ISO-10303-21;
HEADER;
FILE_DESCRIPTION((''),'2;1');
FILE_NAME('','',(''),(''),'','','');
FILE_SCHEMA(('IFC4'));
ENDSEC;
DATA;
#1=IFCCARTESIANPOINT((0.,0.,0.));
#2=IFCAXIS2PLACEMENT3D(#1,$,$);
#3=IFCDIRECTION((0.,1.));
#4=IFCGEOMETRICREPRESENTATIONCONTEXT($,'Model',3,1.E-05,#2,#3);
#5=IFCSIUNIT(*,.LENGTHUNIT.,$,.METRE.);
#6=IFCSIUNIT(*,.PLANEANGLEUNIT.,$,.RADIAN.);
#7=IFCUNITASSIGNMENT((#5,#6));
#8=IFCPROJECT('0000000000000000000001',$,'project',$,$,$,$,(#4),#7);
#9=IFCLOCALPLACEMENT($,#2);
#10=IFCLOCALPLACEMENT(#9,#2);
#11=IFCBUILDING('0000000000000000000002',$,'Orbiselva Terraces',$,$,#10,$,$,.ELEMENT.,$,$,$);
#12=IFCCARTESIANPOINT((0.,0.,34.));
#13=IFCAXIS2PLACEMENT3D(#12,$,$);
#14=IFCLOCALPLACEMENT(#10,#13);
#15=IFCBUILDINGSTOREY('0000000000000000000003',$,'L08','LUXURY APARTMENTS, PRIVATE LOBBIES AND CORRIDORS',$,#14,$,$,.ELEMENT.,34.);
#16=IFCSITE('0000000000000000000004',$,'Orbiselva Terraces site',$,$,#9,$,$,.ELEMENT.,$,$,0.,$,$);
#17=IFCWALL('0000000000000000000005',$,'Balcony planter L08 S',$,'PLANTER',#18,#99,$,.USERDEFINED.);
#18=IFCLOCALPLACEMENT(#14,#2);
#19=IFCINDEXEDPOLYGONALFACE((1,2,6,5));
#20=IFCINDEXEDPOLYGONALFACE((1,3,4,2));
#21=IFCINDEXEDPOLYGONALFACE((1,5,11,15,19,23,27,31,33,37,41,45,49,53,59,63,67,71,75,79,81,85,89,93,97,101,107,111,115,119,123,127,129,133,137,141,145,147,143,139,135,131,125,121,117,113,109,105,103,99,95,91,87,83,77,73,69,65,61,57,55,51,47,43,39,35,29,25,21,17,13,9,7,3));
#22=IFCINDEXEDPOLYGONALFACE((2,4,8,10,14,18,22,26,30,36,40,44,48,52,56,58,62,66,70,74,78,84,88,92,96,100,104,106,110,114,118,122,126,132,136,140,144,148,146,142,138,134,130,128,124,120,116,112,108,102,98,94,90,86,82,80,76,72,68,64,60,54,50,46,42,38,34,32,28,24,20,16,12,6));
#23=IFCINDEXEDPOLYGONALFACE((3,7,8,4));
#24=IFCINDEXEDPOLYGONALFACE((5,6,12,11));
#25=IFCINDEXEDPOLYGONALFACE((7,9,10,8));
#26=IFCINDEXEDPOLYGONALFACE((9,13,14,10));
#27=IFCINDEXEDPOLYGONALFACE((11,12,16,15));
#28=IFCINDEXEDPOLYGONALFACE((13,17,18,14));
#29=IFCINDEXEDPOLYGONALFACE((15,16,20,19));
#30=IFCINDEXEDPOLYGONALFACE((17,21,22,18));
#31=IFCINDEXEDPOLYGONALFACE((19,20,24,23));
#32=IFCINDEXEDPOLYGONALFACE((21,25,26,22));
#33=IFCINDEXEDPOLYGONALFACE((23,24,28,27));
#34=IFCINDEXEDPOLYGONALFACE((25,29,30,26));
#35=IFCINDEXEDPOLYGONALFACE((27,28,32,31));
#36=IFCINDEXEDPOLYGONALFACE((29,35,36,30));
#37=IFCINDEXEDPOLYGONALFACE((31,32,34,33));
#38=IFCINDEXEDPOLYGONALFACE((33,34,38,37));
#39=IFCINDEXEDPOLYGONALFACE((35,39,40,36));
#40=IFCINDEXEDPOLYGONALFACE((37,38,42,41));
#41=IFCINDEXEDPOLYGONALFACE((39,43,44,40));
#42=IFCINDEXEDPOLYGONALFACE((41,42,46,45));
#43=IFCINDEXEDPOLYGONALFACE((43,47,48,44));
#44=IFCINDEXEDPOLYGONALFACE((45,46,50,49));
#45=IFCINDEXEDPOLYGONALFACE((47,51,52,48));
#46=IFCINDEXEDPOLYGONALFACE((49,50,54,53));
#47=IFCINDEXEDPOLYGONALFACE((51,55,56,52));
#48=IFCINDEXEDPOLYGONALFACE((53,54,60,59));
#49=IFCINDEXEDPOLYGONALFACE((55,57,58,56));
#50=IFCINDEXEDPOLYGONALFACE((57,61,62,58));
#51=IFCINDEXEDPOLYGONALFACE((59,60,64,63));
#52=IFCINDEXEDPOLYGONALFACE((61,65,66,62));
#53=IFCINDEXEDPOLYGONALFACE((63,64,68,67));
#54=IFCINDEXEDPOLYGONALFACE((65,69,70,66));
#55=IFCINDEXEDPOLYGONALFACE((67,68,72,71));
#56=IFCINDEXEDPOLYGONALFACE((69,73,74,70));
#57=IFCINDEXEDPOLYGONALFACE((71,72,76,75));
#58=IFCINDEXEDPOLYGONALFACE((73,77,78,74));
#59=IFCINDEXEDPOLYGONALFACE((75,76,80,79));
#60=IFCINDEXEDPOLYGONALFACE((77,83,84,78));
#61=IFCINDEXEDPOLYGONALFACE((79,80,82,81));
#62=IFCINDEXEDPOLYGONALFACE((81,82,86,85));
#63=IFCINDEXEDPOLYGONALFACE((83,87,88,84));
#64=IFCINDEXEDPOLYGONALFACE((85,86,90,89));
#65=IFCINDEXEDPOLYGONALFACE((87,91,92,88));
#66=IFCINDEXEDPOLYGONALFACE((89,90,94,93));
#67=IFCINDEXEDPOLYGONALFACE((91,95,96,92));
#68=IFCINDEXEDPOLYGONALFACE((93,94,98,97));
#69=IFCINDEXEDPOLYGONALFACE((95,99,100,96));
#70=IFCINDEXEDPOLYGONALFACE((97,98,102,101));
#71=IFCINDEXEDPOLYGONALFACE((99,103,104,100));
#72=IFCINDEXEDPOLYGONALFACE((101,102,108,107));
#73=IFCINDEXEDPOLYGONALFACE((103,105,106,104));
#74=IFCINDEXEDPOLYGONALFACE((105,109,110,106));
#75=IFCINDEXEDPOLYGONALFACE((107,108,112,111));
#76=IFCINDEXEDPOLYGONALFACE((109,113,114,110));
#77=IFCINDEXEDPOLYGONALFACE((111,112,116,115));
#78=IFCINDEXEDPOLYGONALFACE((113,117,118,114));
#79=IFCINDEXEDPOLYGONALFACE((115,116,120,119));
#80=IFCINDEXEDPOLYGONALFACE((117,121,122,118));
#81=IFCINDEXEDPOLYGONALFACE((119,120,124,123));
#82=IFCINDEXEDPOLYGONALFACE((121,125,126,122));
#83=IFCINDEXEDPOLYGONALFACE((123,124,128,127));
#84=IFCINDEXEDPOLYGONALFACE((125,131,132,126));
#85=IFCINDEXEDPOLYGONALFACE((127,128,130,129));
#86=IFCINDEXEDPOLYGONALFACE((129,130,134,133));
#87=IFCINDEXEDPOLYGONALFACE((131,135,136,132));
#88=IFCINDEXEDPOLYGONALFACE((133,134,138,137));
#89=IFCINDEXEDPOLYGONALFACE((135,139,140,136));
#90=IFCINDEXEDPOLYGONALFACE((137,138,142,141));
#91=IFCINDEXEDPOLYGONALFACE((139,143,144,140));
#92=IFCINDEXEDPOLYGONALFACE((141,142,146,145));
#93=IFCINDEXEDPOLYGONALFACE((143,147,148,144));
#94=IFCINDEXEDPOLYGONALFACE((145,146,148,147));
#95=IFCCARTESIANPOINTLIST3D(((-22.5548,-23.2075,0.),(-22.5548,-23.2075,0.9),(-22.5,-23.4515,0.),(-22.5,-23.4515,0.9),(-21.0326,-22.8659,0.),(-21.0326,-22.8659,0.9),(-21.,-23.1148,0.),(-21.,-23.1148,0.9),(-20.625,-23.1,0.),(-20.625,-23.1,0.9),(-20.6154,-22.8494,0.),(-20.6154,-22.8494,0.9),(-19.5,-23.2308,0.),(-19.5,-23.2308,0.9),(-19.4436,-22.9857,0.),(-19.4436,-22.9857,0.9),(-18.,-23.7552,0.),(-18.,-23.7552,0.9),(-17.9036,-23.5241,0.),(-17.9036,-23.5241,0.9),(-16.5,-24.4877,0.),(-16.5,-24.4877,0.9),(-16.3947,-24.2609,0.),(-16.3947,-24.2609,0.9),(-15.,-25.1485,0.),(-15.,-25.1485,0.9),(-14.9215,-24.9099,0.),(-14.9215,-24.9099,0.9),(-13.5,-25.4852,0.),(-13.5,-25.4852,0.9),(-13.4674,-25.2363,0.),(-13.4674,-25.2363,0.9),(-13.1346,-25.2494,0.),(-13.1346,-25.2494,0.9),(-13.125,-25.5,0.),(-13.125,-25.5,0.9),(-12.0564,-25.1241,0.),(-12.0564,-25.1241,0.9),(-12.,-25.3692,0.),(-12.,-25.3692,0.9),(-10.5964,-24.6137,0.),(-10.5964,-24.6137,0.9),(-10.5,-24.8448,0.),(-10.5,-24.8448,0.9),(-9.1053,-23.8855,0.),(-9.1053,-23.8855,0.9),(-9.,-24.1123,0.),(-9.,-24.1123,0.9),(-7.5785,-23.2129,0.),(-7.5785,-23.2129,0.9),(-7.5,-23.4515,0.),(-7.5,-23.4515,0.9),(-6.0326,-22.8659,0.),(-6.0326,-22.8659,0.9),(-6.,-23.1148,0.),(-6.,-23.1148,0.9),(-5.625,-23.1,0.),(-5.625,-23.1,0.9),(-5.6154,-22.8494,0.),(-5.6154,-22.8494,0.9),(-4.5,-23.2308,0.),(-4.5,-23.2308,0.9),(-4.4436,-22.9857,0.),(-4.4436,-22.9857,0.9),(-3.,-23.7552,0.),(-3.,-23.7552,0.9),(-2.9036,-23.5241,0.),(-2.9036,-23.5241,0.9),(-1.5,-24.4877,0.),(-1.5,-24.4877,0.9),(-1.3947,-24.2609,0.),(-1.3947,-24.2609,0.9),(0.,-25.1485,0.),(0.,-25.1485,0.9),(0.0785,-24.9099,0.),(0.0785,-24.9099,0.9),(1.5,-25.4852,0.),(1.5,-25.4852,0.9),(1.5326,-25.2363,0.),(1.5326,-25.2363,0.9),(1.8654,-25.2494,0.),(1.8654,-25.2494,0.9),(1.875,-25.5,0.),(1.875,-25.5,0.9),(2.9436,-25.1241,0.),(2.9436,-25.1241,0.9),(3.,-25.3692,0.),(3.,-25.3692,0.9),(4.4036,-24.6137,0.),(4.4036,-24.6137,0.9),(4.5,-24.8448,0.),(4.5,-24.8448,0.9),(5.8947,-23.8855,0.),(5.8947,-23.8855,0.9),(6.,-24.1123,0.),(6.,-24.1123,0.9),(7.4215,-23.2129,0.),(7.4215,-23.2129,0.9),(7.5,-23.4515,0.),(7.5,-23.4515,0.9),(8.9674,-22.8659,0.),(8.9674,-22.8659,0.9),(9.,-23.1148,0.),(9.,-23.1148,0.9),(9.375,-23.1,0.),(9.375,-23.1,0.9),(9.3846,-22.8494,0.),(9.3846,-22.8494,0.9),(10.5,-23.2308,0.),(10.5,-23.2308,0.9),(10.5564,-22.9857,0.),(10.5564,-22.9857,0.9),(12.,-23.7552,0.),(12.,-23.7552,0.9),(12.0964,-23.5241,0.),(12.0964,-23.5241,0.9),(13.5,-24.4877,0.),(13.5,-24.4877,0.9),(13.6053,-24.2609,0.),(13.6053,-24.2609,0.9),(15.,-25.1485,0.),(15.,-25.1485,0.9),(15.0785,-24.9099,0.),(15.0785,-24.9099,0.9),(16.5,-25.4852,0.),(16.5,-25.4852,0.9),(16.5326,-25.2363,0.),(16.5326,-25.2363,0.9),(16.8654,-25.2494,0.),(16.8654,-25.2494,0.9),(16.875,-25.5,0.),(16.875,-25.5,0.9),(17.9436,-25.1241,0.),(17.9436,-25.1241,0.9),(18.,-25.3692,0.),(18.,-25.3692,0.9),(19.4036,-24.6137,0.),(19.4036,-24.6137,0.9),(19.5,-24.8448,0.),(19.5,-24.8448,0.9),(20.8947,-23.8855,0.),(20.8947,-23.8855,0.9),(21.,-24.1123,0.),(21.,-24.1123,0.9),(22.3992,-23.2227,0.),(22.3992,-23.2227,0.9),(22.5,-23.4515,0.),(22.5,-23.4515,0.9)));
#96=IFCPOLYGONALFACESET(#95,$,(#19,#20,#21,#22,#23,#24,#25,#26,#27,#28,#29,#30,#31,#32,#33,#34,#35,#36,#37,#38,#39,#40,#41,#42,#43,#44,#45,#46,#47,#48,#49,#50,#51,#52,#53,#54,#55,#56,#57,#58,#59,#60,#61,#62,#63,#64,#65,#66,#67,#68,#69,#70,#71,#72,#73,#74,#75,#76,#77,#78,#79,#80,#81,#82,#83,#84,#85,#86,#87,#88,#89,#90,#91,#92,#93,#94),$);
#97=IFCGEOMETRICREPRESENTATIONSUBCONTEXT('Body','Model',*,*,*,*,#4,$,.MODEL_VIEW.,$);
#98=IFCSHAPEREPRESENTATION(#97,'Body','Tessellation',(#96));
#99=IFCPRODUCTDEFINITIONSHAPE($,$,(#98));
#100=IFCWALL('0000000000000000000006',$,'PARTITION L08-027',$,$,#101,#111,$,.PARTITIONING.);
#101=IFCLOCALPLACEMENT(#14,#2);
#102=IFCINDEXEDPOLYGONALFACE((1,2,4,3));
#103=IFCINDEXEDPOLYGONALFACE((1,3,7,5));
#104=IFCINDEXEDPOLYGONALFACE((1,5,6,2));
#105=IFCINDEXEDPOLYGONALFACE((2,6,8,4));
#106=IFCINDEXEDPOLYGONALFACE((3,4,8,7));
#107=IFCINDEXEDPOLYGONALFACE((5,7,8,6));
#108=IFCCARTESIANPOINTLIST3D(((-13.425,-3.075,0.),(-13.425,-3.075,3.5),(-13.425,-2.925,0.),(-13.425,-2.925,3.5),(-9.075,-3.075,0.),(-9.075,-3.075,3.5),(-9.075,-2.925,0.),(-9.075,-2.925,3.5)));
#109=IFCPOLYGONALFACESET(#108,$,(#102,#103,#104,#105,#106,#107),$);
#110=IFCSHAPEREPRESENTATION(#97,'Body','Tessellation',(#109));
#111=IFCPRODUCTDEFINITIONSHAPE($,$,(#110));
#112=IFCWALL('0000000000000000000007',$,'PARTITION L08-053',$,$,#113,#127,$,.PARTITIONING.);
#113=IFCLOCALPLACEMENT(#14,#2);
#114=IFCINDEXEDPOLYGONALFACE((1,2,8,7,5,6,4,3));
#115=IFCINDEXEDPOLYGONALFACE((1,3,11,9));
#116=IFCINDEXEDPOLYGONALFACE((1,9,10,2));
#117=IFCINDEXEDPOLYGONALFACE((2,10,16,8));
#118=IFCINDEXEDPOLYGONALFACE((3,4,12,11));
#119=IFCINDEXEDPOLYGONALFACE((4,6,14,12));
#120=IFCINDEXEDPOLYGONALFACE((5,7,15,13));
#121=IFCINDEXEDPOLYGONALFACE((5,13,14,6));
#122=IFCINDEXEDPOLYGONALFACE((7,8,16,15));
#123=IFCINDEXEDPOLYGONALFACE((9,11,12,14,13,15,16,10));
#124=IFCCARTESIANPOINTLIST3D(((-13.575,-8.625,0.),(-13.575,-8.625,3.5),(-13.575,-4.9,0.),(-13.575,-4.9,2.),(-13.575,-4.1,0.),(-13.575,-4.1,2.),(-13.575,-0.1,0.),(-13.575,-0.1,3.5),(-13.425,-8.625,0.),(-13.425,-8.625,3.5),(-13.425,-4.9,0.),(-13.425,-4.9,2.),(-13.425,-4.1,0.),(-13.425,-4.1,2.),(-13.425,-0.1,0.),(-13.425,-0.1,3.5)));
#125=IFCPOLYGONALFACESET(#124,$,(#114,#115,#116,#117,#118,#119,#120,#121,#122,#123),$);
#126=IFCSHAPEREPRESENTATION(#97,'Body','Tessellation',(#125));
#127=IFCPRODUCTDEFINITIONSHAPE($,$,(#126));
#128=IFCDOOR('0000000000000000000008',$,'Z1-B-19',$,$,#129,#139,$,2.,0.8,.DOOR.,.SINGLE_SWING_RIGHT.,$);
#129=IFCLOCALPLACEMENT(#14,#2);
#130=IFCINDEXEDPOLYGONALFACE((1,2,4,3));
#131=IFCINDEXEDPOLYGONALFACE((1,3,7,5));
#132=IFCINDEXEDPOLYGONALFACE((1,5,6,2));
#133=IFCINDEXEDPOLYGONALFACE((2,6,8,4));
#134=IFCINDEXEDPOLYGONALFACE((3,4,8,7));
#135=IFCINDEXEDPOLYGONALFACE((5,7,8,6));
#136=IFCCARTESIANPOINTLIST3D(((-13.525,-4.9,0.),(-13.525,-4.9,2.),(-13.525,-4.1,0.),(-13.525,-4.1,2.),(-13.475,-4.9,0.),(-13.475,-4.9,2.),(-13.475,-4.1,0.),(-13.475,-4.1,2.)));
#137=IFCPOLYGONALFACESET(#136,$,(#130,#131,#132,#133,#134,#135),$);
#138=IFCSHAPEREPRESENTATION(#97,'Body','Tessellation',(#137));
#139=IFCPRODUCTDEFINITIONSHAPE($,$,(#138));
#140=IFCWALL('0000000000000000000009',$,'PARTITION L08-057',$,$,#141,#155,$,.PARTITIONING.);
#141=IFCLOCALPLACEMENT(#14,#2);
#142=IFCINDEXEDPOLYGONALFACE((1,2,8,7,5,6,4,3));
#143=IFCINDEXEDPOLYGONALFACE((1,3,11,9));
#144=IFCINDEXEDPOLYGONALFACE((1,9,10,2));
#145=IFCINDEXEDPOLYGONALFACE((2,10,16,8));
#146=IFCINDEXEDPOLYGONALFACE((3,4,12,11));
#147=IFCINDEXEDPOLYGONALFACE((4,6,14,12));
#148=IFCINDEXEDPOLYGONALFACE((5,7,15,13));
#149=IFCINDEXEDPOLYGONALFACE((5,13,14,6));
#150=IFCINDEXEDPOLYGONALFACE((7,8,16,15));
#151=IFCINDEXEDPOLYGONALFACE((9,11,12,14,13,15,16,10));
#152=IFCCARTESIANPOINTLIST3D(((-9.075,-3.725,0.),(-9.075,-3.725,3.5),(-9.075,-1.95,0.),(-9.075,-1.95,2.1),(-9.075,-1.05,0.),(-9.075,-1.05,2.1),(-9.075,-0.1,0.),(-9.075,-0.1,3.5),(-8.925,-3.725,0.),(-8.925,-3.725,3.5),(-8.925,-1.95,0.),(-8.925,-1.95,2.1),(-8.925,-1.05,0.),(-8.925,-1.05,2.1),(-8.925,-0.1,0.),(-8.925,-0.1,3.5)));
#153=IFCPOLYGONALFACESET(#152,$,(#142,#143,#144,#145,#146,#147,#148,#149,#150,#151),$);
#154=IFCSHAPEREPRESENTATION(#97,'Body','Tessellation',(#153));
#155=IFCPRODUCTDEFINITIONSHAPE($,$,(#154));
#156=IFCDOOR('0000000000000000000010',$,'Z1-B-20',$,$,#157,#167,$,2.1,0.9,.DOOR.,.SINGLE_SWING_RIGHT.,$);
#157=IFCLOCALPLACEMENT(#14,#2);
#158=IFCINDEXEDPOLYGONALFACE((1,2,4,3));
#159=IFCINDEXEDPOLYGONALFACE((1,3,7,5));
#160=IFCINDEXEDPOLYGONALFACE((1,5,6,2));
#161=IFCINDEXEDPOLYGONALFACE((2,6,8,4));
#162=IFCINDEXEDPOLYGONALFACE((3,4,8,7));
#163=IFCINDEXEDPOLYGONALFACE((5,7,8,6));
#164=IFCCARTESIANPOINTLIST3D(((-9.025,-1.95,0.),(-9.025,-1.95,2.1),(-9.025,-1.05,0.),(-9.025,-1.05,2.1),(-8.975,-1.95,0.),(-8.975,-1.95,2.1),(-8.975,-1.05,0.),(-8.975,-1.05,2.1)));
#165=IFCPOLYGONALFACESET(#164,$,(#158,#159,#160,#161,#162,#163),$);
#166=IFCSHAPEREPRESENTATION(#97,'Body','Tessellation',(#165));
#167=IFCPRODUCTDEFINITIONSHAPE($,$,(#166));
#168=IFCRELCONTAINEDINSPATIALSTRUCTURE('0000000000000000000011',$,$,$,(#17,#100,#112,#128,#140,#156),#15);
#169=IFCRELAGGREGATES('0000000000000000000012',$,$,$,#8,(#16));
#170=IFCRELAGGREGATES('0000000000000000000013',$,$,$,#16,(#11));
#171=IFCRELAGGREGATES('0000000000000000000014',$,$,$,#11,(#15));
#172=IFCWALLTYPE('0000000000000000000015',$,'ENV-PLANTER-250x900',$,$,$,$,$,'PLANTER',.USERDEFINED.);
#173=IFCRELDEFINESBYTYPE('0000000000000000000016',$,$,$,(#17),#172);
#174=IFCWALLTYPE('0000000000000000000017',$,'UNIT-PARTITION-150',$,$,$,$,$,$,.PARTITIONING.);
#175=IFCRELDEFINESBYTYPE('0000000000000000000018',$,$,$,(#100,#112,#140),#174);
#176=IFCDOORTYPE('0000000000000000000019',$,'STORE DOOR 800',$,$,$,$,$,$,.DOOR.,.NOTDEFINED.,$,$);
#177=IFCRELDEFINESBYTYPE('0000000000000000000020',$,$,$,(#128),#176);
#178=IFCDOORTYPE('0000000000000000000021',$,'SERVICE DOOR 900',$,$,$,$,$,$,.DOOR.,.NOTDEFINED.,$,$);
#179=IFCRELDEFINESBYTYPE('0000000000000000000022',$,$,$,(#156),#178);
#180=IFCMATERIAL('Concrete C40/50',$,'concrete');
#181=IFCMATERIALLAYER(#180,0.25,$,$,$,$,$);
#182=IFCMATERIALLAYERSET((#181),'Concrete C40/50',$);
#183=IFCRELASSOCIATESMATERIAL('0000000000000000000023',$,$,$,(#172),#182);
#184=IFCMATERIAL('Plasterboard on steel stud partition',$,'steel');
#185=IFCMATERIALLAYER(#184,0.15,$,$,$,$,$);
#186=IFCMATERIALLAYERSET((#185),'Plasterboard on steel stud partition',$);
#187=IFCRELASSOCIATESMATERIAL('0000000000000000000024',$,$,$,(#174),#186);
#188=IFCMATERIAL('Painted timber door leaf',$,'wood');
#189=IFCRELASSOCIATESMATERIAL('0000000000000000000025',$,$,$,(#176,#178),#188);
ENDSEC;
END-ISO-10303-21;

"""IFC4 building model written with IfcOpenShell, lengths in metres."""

from ifc_helpers import new_model, si_unit, direction, frame, frame_2d, origin, place, context, subcontext, project, spatial, polyline, rectangle, outline, extrude, material, layer, layer_set, type_object, element, fill, save


model = new_model("IFC4")

# Units and contexts
model_context = context("Model", 3, precision=1e-05, world=origin(), true_north=direction((0.0, 1.0)))
body_context = subcontext(model_context, "Body", "Model", "MODEL_VIEW")
ifc_project = project(units=[si_unit("LENGTHUNIT", "METRE"), si_unit("PLANEANGLEUNIT", "RADIAN")], contexts=[model_context])

# Site, building, storey
site_placement = place(None, origin())
site = spatial("IfcSite", under=ifc_project, at=site_placement, Name="Orbiselva Terraces site", CompositionType="ELEMENT", RefElevation=0.0)
building_placement = place(site_placement, origin())
building = spatial("IfcBuilding", under=site, at=building_placement, Name="Orbiselva Terraces", CompositionType="ELEMENT")
storey_placement = place(building_placement, frame((0.0, 0.0, 34.0)))
storey = spatial("IfcBuildingStorey", under=building, at=storey_placement, Name="L08", Description="LUXURY APARTMENTS, PRIVATE LOBBIES AND CORRIDORS", CompositionType="ELEMENT", Elevation=34.0)

# Walls
ifc_material_1 = material(Name="Concrete C40/50", Category="concrete")
ifc_layer_1 = layer(ifc_material_1, 0.25)
ifc_layer_set_1 = layer_set([ifc_layer_1], Name="Concrete C40/50")
wall_type_1 = type_object("IfcWallType", Name="ENV-PLANTER-250x900", ElementType="PLANTER", PredefinedType="USERDEFINED", material=ifc_layer_set_1)
wall_1_placement = place(storey_placement, origin())
element("IfcWall", 1, at=wall_1_placement, inside=storey, type_object=wall_type_1, Name="Balcony planter L08 S", ObjectType="PLANTER", PredefinedType="USERDEFINED", context=body_context, shape_type="SweptSolid", body=[
    extrude(outline(polyline([(-22.5, -23.4515), (-21.0, -23.1148), (-20.625, -23.1), (-19.5, -23.2308), (-18.0, -23.7552), (-16.5, -24.4877), (-15.0, -25.1485), (-13.5, -25.4852), (-13.125, -25.5), (-12.0, -25.3692), (-10.5, -24.8448), (-9.0, -24.1123), (-7.5, -23.4515), (-6.0, -23.1148), (-5.625, -23.1), (-4.5, -23.2308), (-3.0, -23.7552), (-1.5, -24.4877), (0.0, -25.1485), (1.5, -25.4852), (1.875, -25.5), (3.0, -25.3692), (4.5, -24.8448), (6.0, -24.1123), (7.5, -23.4515), (9.0, -23.1148), (9.375, -23.1), (10.5, -23.2308), (12.0, -23.7552), (13.5, -24.4877), (15.0, -25.1485), (16.5, -25.4852), (16.875, -25.5), (18.0, -25.3692), (19.5, -24.8448), (21.0, -24.1123), (22.5, -23.4515), (22.3992, -23.2227), (20.8947, -23.8855), (19.4036, -24.6137), (17.9436, -25.1241), (16.8654, -25.2494), (16.5326, -25.2363), (15.0785, -24.9099), (13.6053, -24.2609), (12.0964, -23.5241), (10.5564, -22.9857), (9.3846, -22.8494), (8.9674, -22.8659), (7.4215, -23.2129), (5.8947, -23.8855), (4.4036, -24.6137), (2.9436, -25.1241), (1.8654, -25.2494), (1.5326, -25.2363), (0.0785, -24.9099), (-1.3947, -24.2609), (-2.9036, -23.5241), (-4.4436, -22.9857), (-5.6154, -22.8494), (-6.0326, -22.8659), (-7.5785, -23.2129), (-9.1053, -23.8855), (-10.5964, -24.6137), (-12.0564, -25.1241), (-13.1346, -25.2494), (-13.4674, -25.2363), (-14.9215, -24.9099), (-16.3947, -24.2609), (-17.9036, -23.5241), (-19.4436, -22.9857), (-20.6154, -22.8494), (-21.0326, -22.8659), (-22.5548, -23.2075), (-22.5, -23.4515)])), origin(), (0.0, 0.0, 1.0), 0.9),
])
ifc_material_2 = material(Name="Plasterboard on steel stud partition", Category="steel")
ifc_layer_2 = layer(ifc_material_2, 0.15)
ifc_layer_set_2 = layer_set([ifc_layer_2], Name="Plasterboard on steel stud partition")
wall_type_2 = type_object("IfcWallType", Name="UNIT-PARTITION-150", PredefinedType="PARTITIONING", material=ifc_layer_set_2)
wall_2_placement = place(storey_placement, frame((-13.425, -3.0, 0.0), z_axis=(0.0, 0.0, 1.0), x_axis=(1.0, 0.0, 0.0)))
element("IfcWall", 2, at=wall_2_placement, inside=storey, type_object=wall_type_2, Name="PARTITION L08-027", PredefinedType="PARTITIONING", context=body_context, shape_type="SweptSolid", body=[
    extrude(rectangle(XDim=4.35, YDim=0.15, at=frame_2d((2.175, 0.0))), origin(), (0.0, 0.0, 1.0), 3.5),
])

# Walls, openings, doors
wall_3_placement = place(storey_placement, frame((-13.5, -0.1, 0.0), z_axis=(0.0, 0.0, 1.0), x_axis=(0.0, -1.0, 0.0)))
wall_3 = element("IfcWall", 3, at=wall_3_placement, inside=storey, type_object=wall_type_2, Name="PARTITION L08-053", PredefinedType="PARTITIONING", context=body_context, shape_type="SweptSolid", body=[
    extrude(rectangle(XDim=8.525, YDim=0.15, at=frame_2d((4.2625, 0.0))), origin(), (0.0, 0.0, 1.0), 3.5),
])
opening_1_placement = place(wall_3_placement, frame((4.0, 0.0, 0.0)))
opening_1 = element("IfcOpeningElement", 4, at=opening_1_placement, cuts=wall_3, PredefinedType="OPENING", context=body_context, shape_type="SweptSolid", body=[
    extrude(rectangle(XDim=0.8, YDim=2.0, at=frame_2d((0.4, 1.0))), frame((0.0, 0.085, 0.0), z_axis=(0.0, -1.0, 0.0), x_axis=(1.0, 0.0, 0.0)), (0.0, 0.0, 1.0), 0.17),
])
ifc_material_3 = material(Name="Painted timber door leaf", Category="wood")
door_type_1 = type_object("IfcDoorType", Name="STORE DOOR 800", OperationType="NOTDEFINED", PredefinedType="DOOR", material=ifc_material_3)
door_1_placement = place(opening_1_placement, origin())
door_1 = element("IfcDoor", 5, at=door_1_placement, inside=storey, type_object=door_type_1, Name="Z1-B-19", OperationType="SINGLE_SWING_RIGHT", OverallHeight=2.0, OverallWidth=0.8, PredefinedType="DOOR", context=body_context, shape_type="SweptSolid", body=[
    extrude(rectangle(XDim=0.8, YDim=2.0, at=frame_2d((0.4, 1.0))), frame((0.0, 0.025, 0.0), z_axis=(0.0, -1.0, 0.0), x_axis=(1.0, 0.0, 0.0)), (0.0, 0.0, 1.0), 0.05),
])
fill(opening_1, door_1)
wall_4_placement = place(storey_placement, frame((-9.0, -3.725, 0.0), z_axis=(0.0, 0.0, 1.0), x_axis=(0.0, 1.0, 0.0)))
wall_4 = element("IfcWall", 6, at=wall_4_placement, inside=storey, type_object=wall_type_2, Name="PARTITION L08-057", PredefinedType="PARTITIONING", context=body_context, shape_type="SweptSolid", body=[
    extrude(rectangle(XDim=3.625, YDim=0.15, at=frame_2d((1.8125, 0.0))), origin(), (0.0, 0.0, 1.0), 3.5),
])
opening_2_placement = place(wall_4_placement, frame((1.775, 0.0, 0.0)))
opening_2 = element("IfcOpeningElement", 7, at=opening_2_placement, cuts=wall_4, PredefinedType="OPENING", context=body_context, shape_type="SweptSolid", body=[
    extrude(rectangle(XDim=0.9, YDim=2.1, at=frame_2d((0.45, 1.05))), frame((0.0, 0.085, 0.0), z_axis=(0.0, -1.0, 0.0), x_axis=(1.0, 0.0, 0.0)), (0.0, 0.0, 1.0), 0.17),
])
door_type_2 = type_object("IfcDoorType", Name="SERVICE DOOR 900", OperationType="NOTDEFINED", PredefinedType="DOOR", material=ifc_material_3)
door_2_placement = place(opening_2_placement, origin())
door_2 = element("IfcDoor", 8, at=door_2_placement, inside=storey, type_object=door_type_2, Name="Z1-B-20", OperationType="SINGLE_SWING_RIGHT", OverallHeight=2.1, OverallWidth=0.9, PredefinedType="DOOR", context=body_context, shape_type="SweptSolid", body=[
    extrude(rectangle(XDim=0.9, YDim=2.1, at=frame_2d((0.45, 1.05))), frame((0.0, 0.025, 0.0), z_axis=(0.0, -1.0, 0.0), x_axis=(1.0, 0.0, 0.0)), (0.0, 0.0, 1.0), 0.05),
])
fill(opening_2, door_2)

save(model, "model.ifc")
